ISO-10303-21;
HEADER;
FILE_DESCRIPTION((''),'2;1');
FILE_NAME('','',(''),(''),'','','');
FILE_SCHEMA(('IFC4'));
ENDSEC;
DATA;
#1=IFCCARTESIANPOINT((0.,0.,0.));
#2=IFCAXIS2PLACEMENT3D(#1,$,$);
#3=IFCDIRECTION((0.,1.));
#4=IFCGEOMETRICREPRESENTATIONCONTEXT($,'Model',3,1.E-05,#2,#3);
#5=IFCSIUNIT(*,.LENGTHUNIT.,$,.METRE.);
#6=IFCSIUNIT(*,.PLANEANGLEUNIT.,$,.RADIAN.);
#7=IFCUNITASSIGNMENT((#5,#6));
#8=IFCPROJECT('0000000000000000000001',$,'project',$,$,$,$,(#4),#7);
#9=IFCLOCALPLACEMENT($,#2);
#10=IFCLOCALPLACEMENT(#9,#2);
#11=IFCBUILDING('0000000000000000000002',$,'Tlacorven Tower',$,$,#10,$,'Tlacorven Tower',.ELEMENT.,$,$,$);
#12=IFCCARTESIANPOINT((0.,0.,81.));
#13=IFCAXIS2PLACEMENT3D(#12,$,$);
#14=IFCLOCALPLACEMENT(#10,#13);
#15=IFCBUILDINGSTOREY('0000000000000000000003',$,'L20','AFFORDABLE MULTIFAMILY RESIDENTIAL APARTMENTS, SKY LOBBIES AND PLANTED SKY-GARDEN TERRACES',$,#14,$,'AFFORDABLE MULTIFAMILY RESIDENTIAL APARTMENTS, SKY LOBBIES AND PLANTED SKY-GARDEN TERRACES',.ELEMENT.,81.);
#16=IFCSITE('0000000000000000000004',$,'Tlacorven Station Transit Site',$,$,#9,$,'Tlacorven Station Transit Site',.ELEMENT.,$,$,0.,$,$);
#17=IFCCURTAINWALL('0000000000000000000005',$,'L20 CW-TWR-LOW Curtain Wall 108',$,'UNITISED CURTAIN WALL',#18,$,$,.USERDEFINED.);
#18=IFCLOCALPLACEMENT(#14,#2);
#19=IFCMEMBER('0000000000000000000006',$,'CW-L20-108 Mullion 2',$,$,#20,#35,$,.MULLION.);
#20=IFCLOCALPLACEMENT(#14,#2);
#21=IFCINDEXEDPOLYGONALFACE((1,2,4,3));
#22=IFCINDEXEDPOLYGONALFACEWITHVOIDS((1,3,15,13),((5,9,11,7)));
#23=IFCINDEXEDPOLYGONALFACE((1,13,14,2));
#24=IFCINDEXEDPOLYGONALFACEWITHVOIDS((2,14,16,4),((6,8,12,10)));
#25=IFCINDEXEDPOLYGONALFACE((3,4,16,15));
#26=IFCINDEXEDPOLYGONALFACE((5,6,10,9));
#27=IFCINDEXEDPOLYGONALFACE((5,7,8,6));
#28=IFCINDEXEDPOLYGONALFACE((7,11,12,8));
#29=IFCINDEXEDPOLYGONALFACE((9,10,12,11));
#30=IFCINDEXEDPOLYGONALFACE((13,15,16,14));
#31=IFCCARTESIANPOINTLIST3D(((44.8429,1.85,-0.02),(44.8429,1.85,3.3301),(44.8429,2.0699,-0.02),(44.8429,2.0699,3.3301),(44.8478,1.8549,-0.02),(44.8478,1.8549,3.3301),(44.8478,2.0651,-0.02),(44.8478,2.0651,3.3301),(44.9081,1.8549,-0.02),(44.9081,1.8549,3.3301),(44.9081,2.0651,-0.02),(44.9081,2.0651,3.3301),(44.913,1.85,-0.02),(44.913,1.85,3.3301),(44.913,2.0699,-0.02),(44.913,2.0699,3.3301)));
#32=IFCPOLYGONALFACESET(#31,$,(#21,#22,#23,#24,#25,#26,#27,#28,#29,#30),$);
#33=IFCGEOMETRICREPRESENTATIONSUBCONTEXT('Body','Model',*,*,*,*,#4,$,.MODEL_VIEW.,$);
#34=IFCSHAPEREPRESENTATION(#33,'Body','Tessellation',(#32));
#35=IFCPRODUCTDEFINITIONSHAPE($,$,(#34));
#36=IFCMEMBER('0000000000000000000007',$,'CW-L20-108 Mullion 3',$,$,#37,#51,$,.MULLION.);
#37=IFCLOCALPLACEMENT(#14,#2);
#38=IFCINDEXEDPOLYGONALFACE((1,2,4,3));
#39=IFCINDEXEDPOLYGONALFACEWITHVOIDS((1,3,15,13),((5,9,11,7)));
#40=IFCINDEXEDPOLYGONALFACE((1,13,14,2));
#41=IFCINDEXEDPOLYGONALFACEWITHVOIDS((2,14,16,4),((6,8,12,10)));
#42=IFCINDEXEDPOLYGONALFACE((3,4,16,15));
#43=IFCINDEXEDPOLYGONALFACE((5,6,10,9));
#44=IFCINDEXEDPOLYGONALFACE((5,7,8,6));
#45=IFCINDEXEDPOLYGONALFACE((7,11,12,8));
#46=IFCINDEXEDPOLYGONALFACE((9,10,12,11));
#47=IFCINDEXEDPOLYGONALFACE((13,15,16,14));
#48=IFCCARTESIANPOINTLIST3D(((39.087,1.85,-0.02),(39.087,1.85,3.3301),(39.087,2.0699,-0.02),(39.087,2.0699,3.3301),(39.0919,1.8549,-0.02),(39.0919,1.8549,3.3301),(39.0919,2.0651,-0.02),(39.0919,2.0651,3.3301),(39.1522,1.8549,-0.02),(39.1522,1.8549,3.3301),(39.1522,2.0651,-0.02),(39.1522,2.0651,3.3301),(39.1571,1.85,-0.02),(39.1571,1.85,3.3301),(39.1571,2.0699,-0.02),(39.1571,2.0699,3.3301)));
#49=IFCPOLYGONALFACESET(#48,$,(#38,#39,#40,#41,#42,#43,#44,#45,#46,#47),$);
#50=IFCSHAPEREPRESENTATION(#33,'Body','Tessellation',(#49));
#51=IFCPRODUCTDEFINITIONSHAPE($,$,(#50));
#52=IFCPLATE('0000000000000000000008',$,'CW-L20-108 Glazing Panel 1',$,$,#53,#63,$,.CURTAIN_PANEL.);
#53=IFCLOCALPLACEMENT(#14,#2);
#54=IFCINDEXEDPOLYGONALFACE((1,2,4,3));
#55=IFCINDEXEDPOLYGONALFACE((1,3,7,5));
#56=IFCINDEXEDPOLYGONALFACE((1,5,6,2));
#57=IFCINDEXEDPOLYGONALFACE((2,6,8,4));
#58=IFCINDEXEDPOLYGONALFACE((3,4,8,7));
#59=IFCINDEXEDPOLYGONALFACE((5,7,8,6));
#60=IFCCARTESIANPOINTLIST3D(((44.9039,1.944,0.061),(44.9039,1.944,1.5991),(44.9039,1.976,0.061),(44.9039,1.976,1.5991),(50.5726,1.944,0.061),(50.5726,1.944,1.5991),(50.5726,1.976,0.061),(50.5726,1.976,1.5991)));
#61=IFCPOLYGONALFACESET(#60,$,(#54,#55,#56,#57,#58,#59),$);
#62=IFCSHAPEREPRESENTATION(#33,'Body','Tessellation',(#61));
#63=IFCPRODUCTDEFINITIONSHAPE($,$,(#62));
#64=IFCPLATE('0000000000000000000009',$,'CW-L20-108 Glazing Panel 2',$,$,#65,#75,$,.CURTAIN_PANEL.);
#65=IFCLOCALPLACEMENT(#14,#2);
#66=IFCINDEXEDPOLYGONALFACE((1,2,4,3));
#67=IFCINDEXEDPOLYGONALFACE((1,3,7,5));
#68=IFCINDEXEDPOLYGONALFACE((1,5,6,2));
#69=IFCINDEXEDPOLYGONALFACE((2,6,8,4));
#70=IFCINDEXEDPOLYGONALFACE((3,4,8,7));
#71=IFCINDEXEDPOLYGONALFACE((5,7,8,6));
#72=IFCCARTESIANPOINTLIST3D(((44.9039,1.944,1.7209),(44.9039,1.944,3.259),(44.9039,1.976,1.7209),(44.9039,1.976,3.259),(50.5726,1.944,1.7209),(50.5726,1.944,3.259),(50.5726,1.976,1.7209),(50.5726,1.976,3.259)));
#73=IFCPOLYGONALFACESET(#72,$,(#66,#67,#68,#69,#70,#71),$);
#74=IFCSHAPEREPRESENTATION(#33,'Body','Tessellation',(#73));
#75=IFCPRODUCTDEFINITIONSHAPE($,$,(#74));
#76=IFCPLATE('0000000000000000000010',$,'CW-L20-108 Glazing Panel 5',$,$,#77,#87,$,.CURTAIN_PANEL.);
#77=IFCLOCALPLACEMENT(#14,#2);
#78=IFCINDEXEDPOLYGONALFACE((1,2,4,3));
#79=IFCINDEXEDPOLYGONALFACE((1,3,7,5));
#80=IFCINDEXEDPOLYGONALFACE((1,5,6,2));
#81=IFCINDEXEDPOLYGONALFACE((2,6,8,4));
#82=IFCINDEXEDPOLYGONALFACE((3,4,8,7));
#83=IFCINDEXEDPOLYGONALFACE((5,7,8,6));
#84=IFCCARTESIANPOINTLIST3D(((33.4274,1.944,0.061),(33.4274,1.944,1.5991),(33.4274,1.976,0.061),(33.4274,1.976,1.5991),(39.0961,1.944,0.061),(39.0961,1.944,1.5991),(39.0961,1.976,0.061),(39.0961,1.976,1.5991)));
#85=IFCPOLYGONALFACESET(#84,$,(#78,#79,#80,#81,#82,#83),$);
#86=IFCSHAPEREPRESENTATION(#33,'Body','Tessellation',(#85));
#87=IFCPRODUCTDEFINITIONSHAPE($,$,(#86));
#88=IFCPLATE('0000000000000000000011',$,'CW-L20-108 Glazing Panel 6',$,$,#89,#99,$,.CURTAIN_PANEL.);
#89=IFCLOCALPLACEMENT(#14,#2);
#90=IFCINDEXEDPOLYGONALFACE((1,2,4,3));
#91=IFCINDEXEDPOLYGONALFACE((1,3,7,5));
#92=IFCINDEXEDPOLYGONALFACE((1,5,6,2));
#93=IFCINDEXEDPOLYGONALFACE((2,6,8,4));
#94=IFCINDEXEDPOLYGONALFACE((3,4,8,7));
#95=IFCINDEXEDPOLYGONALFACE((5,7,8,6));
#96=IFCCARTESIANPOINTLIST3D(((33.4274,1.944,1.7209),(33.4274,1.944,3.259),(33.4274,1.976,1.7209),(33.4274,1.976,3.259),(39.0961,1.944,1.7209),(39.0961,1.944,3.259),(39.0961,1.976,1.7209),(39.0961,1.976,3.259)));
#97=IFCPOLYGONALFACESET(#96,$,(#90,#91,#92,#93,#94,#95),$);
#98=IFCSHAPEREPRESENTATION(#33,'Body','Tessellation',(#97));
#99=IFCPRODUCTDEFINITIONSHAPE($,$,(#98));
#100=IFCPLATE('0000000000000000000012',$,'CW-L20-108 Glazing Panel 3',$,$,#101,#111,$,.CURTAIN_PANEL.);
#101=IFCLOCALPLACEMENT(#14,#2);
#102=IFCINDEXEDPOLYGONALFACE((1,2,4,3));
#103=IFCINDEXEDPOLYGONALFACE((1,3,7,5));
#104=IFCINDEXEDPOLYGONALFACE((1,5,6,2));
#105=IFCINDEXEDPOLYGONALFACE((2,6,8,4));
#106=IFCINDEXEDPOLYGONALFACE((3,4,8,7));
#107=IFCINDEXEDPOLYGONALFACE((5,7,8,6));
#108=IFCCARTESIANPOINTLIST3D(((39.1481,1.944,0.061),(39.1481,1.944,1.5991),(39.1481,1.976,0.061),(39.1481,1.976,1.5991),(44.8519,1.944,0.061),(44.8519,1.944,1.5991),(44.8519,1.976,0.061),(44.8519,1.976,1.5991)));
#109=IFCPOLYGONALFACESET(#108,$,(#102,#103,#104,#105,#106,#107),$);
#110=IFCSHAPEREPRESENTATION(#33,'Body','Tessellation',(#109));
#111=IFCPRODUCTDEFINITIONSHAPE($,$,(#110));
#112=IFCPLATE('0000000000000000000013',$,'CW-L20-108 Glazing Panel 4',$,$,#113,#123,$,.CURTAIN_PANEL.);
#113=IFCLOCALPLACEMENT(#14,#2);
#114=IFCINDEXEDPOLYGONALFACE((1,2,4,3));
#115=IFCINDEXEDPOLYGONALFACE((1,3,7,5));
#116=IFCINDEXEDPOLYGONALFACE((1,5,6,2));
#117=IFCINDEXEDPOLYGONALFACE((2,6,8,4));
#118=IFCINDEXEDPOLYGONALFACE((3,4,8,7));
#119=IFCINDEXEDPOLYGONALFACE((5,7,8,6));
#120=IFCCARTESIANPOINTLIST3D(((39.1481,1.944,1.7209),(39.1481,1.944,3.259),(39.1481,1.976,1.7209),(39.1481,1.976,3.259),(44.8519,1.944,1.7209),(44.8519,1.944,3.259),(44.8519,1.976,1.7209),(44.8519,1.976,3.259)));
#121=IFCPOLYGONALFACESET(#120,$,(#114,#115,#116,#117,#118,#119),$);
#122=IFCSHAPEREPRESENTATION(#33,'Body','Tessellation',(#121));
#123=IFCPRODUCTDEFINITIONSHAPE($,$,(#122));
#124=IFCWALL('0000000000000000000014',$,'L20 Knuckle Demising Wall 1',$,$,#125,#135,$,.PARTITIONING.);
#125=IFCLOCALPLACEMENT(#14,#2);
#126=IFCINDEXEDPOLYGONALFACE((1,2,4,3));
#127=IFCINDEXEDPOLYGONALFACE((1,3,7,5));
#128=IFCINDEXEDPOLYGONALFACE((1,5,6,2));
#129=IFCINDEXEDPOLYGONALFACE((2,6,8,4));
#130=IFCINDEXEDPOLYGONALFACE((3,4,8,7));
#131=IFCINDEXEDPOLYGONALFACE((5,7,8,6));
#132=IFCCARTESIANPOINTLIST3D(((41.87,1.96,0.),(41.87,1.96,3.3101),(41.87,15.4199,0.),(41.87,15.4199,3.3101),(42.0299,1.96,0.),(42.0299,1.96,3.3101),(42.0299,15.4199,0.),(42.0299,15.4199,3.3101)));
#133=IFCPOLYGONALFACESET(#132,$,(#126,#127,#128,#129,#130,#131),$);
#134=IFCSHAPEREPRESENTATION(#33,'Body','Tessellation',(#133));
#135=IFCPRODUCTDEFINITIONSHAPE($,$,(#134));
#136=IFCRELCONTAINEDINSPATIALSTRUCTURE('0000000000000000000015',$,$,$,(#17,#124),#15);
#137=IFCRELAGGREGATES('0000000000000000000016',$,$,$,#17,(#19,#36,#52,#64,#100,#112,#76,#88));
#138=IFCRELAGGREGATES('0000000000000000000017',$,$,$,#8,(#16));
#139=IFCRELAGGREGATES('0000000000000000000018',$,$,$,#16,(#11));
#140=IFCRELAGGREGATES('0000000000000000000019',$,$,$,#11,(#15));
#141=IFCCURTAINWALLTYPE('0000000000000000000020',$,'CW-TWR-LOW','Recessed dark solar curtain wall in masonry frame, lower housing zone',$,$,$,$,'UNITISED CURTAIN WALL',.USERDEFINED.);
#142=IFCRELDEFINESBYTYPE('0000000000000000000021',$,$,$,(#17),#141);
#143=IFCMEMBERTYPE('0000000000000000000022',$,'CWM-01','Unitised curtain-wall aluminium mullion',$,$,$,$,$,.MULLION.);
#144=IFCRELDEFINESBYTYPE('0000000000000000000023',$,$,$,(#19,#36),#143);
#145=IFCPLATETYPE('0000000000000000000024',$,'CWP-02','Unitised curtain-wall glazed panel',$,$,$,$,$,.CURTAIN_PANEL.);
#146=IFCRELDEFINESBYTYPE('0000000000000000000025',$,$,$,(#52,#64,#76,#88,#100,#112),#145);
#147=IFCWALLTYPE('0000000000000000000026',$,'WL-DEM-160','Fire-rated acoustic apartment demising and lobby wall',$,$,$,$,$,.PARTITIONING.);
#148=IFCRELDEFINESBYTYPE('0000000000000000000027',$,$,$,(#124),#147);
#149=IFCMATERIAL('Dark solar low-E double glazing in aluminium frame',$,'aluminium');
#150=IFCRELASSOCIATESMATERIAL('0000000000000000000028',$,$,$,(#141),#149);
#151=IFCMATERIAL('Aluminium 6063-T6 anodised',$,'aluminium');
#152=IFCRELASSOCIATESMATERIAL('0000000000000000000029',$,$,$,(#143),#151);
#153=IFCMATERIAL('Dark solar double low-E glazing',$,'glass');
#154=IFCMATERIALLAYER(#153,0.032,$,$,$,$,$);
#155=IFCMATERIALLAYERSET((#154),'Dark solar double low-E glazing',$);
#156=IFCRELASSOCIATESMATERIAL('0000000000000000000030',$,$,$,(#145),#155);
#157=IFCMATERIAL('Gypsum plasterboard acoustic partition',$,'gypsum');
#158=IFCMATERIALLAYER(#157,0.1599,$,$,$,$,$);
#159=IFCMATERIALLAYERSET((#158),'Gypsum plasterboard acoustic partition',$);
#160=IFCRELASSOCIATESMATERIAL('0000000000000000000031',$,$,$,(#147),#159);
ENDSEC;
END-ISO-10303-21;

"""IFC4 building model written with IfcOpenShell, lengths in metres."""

from ifc_helpers import new_model, si_unit, direction, frame, frame_2d, origin, origin_2d, place, context, subcontext, project, spatial, rectangle, hollow_rectangle, extrude, source, transform, mapped, material, layer, layer_set, material_profile, profile_set, type_object, element, aggregate, save


model = new_model("IFC4")

# Units and contexts
model_context = context("Model", 3, precision=1e-05, world=origin(), true_north=direction((0.0, 1.0)))
body_context = subcontext(model_context, "Body", "Model", "MODEL_VIEW")
ifc_project = project(units=[si_unit("LENGTHUNIT", "METRE"), si_unit("PLANEANGLEUNIT", "RADIAN")], contexts=[model_context])

# Site, building, storey
site_placement = place(None, origin())
site = spatial("IfcSite", under=ifc_project, at=site_placement, Name="Tlacorven Station Transit Site", LongName="Tlacorven Station Transit Site", CompositionType="ELEMENT", RefElevation=0.0)
building_placement = place(site_placement, origin())
building = spatial("IfcBuilding", under=site, at=building_placement, Name="Tlacorven Tower", LongName="Tlacorven Tower", CompositionType="ELEMENT")
storey_placement = place(building_placement, frame((0.0, 0.0, 81.0)))
storey = spatial("IfcBuildingStorey", under=building, at=storey_placement, Name="L20", Description="AFFORDABLE MULTIFAMILY RESIDENTIAL APARTMENTS, SKY LOBBIES AND PLANTED SKY-GARDEN TERRACES", LongName="AFFORDABLE MULTIFAMILY RESIDENTIAL APARTMENTS, SKY LOBBIES AND PLANTED SKY-GARDEN TERRACES", CompositionType="ELEMENT", Elevation=81.0)

# Curtain wall
ifc_material_1 = material(Name="Dark solar low-E double glazing in aluminium frame", Category="aluminium")
curtain_wall_type = type_object("IfcCurtainWallType", Name="CW-TWR-LOW", Description="Recessed dark solar curtain wall in masonry frame, lower housing zone", ElementType="UNITISED CURTAIN WALL", PredefinedType="USERDEFINED", material=ifc_material_1)
curtain_wall_1_placement = place(storey_placement, origin())
curtain_wall_1 = element("IfcCurtainWall", 1, at=curtain_wall_1_placement, inside=storey, type_object=curtain_wall_type, Name="L20 CW-TWR-LOW Curtain Wall 108", ObjectType="UNITISED CURTAIN WALL", PredefinedType="USERDEFINED")
ifc_material_2 = material(Name="Aluminium 6063-T6 anodised", Category="aluminium")

# Shared definitions
ifc_material_profile_1 = material_profile(ifc_material_2, hollow_rectangle(XDim=0.0701, YDim=0.22, WallThickness=0.0049, at=origin_2d()), Name="ALU MULLION 70X220")
ifc_profile_set_1 = profile_set([ifc_material_profile_1], Name="Aluminium 6063-T6 anodised")
member_type_1 = type_object("IfcMemberType", Name="CWM-01", Description="Unitised curtain-wall aluminium mullion", PredefinedType="MULLION", material=ifc_profile_set_1)
shared_shape_1 = source(origin(), body_context, "Body", "SweptSolid", [
    extrude(hollow_rectangle(XDim=0.0701, YDim=0.22, WallThickness=0.0049, at=origin_2d()), origin(), (0.0, 0.0, 1.0), 3.3501),
])

# Members
member_1_placement = place(storey_placement, frame((44.8779, 1.96, -0.02), z_axis=(0.0, 0.0, 1.0), x_axis=(-1.0, 0.0, 0.0)))
member_1 = element("IfcMember", 2, at=member_1_placement, type_object=member_type_1, Name="CW-L20-108 Mullion 2", PredefinedType="MULLION", context=body_context, shape_type="MappedRepresentation", body=[
    mapped(shared_shape_1, transform((0.0, 0.0, 0.0), scale=1.0)),
])
member_2_placement = place(storey_placement, frame((39.1221, 1.96, -0.02), z_axis=(0.0, 0.0, 1.0), x_axis=(-1.0, 0.0, 0.0)))
member_2 = element("IfcMember", 3, at=member_2_placement, type_object=member_type_1, Name="CW-L20-108 Mullion 3", PredefinedType="MULLION", context=body_context, shape_type="MappedRepresentation", body=[
    mapped(shared_shape_1, transform((0.0, 0.0, 0.0), scale=1.0)),
])

# Plates
ifc_material_3 = material(Name="Dark solar double low-E glazing", Category="glass")
ifc_layer_1 = layer(ifc_material_3, 0.032)
ifc_layer_set_1 = layer_set([ifc_layer_1], Name="Dark solar double low-E glazing")
plate_type = type_object("IfcPlateType", Name="CWP-02", Description="Unitised curtain-wall glazed panel", PredefinedType="CURTAIN_PANEL", material=ifc_layer_set_1)
shared_shape_2 = source(origin(), body_context, "Body", "SweptSolid", [
    extrude(rectangle(XDim=5.6687, YDim=0.032, at=origin_2d()), origin(), (0.0, 0.0, 1.0), 1.5381),
])
plate_1_placement = place(storey_placement, frame((47.7383, 1.96, 0.061), z_axis=(0.0, 0.0, 1.0), x_axis=(-1.0, 0.0, 0.0)))
plate_1 = element("IfcPlate", 4, at=plate_1_placement, type_object=plate_type, Name="CW-L20-108 Glazing Panel 1", PredefinedType="CURTAIN_PANEL", context=body_context, shape_type="MappedRepresentation", body=[
    mapped(shared_shape_2, transform((0.0, 0.0, 0.0), scale=1.0)),
])
plate_2_placement = place(storey_placement, frame((47.7383, 1.96, 1.7209), z_axis=(0.0, 0.0, 1.0), x_axis=(-1.0, 0.0, 0.0)))
plate_2 = element("IfcPlate", 5, at=plate_2_placement, type_object=plate_type, Name="CW-L20-108 Glazing Panel 2", PredefinedType="CURTAIN_PANEL", context=body_context, shape_type="MappedRepresentation", body=[
    mapped(shared_shape_2, transform((0.0, 0.0, 0.0), scale=1.0)),
])
plate_3_placement = place(storey_placement, frame((36.2617, 1.96, 0.061), z_axis=(0.0, 0.0, 1.0), x_axis=(-1.0, 0.0, 0.0)))
plate_3 = element("IfcPlate", 6, at=plate_3_placement, type_object=plate_type, Name="CW-L20-108 Glazing Panel 5", PredefinedType="CURTAIN_PANEL", context=body_context, shape_type="MappedRepresentation", body=[
    mapped(shared_shape_2, transform((0.0, 0.0, 0.0), scale=1.0)),
])
plate_4_placement = place(storey_placement, frame((36.2617, 1.96, 1.7209), z_axis=(0.0, 0.0, 1.0), x_axis=(-1.0, 0.0, 0.0)))
plate_4 = element("IfcPlate", 7, at=plate_4_placement, type_object=plate_type, Name="CW-L20-108 Glazing Panel 6", PredefinedType="CURTAIN_PANEL", context=body_context, shape_type="MappedRepresentation", body=[
    mapped(shared_shape_2, transform((0.0, 0.0, 0.0), scale=1.0)),
])
shared_shape_3 = source(origin(), body_context, "Body", "SweptSolid", [
    extrude(rectangle(XDim=5.7039, YDim=0.032, at=origin_2d()), origin(), (0.0, 0.0, 1.0), 1.5381),
])
plate_5_placement = place(storey_placement, frame((42.0, 1.96, 0.061), z_axis=(0.0, 0.0, 1.0), x_axis=(-1.0, 0.0, 0.0)))
plate_5 = element("IfcPlate", 8, at=plate_5_placement, type_object=plate_type, Name="CW-L20-108 Glazing Panel 3", PredefinedType="CURTAIN_PANEL", context=body_context, shape_type="MappedRepresentation", body=[
    mapped(shared_shape_3, transform((0.0, 0.0, 0.0), scale=1.0)),
])
plate_6_placement = place(storey_placement, frame((42.0, 1.96, 1.7209), z_axis=(0.0, 0.0, 1.0), x_axis=(-1.0, 0.0, 0.0)))
plate_6 = element("IfcPlate", 9, at=plate_6_placement, type_object=plate_type, Name="CW-L20-108 Glazing Panel 4", PredefinedType="CURTAIN_PANEL", context=body_context, shape_type="MappedRepresentation", body=[
    mapped(shared_shape_3, transform((0.0, 0.0, 0.0), scale=1.0)),
])
aggregate(curtain_wall_1, [member_1, member_2, plate_1, plate_2, plate_5, plate_6, plate_3, plate_4])

# Wall
ifc_material_4 = material(Name="Gypsum plasterboard acoustic partition", Category="gypsum")
ifc_layer_2 = layer(ifc_material_4, 0.1599)
ifc_layer_set_2 = layer_set([ifc_layer_2], Name="Gypsum plasterboard acoustic partition")
wall_type_1 = type_object("IfcWallType", Name="WL-DEM-160", Description="Fire-rated acoustic apartment demising and lobby wall", PredefinedType="PARTITIONING", material=ifc_layer_set_2)
wall_1_placement = place(storey_placement, frame((41.95, 1.96, 0.0), z_axis=(0.0, 0.0, 1.0), x_axis=(0.0, 1.0, 0.0)))
element("IfcWall", 10, at=wall_1_placement, inside=storey, type_object=wall_type_1, Name="L20 Knuckle Demising Wall 1", PredefinedType="PARTITIONING", context=body_context, shape_type="SweptSolid", body=[
    extrude(rectangle(XDim=13.46, YDim=0.1599, at=frame_2d((6.73, 0.0))), origin(), (0.0, 0.0, 1.0), 3.3101),
])

save(model, "model.ifc")
